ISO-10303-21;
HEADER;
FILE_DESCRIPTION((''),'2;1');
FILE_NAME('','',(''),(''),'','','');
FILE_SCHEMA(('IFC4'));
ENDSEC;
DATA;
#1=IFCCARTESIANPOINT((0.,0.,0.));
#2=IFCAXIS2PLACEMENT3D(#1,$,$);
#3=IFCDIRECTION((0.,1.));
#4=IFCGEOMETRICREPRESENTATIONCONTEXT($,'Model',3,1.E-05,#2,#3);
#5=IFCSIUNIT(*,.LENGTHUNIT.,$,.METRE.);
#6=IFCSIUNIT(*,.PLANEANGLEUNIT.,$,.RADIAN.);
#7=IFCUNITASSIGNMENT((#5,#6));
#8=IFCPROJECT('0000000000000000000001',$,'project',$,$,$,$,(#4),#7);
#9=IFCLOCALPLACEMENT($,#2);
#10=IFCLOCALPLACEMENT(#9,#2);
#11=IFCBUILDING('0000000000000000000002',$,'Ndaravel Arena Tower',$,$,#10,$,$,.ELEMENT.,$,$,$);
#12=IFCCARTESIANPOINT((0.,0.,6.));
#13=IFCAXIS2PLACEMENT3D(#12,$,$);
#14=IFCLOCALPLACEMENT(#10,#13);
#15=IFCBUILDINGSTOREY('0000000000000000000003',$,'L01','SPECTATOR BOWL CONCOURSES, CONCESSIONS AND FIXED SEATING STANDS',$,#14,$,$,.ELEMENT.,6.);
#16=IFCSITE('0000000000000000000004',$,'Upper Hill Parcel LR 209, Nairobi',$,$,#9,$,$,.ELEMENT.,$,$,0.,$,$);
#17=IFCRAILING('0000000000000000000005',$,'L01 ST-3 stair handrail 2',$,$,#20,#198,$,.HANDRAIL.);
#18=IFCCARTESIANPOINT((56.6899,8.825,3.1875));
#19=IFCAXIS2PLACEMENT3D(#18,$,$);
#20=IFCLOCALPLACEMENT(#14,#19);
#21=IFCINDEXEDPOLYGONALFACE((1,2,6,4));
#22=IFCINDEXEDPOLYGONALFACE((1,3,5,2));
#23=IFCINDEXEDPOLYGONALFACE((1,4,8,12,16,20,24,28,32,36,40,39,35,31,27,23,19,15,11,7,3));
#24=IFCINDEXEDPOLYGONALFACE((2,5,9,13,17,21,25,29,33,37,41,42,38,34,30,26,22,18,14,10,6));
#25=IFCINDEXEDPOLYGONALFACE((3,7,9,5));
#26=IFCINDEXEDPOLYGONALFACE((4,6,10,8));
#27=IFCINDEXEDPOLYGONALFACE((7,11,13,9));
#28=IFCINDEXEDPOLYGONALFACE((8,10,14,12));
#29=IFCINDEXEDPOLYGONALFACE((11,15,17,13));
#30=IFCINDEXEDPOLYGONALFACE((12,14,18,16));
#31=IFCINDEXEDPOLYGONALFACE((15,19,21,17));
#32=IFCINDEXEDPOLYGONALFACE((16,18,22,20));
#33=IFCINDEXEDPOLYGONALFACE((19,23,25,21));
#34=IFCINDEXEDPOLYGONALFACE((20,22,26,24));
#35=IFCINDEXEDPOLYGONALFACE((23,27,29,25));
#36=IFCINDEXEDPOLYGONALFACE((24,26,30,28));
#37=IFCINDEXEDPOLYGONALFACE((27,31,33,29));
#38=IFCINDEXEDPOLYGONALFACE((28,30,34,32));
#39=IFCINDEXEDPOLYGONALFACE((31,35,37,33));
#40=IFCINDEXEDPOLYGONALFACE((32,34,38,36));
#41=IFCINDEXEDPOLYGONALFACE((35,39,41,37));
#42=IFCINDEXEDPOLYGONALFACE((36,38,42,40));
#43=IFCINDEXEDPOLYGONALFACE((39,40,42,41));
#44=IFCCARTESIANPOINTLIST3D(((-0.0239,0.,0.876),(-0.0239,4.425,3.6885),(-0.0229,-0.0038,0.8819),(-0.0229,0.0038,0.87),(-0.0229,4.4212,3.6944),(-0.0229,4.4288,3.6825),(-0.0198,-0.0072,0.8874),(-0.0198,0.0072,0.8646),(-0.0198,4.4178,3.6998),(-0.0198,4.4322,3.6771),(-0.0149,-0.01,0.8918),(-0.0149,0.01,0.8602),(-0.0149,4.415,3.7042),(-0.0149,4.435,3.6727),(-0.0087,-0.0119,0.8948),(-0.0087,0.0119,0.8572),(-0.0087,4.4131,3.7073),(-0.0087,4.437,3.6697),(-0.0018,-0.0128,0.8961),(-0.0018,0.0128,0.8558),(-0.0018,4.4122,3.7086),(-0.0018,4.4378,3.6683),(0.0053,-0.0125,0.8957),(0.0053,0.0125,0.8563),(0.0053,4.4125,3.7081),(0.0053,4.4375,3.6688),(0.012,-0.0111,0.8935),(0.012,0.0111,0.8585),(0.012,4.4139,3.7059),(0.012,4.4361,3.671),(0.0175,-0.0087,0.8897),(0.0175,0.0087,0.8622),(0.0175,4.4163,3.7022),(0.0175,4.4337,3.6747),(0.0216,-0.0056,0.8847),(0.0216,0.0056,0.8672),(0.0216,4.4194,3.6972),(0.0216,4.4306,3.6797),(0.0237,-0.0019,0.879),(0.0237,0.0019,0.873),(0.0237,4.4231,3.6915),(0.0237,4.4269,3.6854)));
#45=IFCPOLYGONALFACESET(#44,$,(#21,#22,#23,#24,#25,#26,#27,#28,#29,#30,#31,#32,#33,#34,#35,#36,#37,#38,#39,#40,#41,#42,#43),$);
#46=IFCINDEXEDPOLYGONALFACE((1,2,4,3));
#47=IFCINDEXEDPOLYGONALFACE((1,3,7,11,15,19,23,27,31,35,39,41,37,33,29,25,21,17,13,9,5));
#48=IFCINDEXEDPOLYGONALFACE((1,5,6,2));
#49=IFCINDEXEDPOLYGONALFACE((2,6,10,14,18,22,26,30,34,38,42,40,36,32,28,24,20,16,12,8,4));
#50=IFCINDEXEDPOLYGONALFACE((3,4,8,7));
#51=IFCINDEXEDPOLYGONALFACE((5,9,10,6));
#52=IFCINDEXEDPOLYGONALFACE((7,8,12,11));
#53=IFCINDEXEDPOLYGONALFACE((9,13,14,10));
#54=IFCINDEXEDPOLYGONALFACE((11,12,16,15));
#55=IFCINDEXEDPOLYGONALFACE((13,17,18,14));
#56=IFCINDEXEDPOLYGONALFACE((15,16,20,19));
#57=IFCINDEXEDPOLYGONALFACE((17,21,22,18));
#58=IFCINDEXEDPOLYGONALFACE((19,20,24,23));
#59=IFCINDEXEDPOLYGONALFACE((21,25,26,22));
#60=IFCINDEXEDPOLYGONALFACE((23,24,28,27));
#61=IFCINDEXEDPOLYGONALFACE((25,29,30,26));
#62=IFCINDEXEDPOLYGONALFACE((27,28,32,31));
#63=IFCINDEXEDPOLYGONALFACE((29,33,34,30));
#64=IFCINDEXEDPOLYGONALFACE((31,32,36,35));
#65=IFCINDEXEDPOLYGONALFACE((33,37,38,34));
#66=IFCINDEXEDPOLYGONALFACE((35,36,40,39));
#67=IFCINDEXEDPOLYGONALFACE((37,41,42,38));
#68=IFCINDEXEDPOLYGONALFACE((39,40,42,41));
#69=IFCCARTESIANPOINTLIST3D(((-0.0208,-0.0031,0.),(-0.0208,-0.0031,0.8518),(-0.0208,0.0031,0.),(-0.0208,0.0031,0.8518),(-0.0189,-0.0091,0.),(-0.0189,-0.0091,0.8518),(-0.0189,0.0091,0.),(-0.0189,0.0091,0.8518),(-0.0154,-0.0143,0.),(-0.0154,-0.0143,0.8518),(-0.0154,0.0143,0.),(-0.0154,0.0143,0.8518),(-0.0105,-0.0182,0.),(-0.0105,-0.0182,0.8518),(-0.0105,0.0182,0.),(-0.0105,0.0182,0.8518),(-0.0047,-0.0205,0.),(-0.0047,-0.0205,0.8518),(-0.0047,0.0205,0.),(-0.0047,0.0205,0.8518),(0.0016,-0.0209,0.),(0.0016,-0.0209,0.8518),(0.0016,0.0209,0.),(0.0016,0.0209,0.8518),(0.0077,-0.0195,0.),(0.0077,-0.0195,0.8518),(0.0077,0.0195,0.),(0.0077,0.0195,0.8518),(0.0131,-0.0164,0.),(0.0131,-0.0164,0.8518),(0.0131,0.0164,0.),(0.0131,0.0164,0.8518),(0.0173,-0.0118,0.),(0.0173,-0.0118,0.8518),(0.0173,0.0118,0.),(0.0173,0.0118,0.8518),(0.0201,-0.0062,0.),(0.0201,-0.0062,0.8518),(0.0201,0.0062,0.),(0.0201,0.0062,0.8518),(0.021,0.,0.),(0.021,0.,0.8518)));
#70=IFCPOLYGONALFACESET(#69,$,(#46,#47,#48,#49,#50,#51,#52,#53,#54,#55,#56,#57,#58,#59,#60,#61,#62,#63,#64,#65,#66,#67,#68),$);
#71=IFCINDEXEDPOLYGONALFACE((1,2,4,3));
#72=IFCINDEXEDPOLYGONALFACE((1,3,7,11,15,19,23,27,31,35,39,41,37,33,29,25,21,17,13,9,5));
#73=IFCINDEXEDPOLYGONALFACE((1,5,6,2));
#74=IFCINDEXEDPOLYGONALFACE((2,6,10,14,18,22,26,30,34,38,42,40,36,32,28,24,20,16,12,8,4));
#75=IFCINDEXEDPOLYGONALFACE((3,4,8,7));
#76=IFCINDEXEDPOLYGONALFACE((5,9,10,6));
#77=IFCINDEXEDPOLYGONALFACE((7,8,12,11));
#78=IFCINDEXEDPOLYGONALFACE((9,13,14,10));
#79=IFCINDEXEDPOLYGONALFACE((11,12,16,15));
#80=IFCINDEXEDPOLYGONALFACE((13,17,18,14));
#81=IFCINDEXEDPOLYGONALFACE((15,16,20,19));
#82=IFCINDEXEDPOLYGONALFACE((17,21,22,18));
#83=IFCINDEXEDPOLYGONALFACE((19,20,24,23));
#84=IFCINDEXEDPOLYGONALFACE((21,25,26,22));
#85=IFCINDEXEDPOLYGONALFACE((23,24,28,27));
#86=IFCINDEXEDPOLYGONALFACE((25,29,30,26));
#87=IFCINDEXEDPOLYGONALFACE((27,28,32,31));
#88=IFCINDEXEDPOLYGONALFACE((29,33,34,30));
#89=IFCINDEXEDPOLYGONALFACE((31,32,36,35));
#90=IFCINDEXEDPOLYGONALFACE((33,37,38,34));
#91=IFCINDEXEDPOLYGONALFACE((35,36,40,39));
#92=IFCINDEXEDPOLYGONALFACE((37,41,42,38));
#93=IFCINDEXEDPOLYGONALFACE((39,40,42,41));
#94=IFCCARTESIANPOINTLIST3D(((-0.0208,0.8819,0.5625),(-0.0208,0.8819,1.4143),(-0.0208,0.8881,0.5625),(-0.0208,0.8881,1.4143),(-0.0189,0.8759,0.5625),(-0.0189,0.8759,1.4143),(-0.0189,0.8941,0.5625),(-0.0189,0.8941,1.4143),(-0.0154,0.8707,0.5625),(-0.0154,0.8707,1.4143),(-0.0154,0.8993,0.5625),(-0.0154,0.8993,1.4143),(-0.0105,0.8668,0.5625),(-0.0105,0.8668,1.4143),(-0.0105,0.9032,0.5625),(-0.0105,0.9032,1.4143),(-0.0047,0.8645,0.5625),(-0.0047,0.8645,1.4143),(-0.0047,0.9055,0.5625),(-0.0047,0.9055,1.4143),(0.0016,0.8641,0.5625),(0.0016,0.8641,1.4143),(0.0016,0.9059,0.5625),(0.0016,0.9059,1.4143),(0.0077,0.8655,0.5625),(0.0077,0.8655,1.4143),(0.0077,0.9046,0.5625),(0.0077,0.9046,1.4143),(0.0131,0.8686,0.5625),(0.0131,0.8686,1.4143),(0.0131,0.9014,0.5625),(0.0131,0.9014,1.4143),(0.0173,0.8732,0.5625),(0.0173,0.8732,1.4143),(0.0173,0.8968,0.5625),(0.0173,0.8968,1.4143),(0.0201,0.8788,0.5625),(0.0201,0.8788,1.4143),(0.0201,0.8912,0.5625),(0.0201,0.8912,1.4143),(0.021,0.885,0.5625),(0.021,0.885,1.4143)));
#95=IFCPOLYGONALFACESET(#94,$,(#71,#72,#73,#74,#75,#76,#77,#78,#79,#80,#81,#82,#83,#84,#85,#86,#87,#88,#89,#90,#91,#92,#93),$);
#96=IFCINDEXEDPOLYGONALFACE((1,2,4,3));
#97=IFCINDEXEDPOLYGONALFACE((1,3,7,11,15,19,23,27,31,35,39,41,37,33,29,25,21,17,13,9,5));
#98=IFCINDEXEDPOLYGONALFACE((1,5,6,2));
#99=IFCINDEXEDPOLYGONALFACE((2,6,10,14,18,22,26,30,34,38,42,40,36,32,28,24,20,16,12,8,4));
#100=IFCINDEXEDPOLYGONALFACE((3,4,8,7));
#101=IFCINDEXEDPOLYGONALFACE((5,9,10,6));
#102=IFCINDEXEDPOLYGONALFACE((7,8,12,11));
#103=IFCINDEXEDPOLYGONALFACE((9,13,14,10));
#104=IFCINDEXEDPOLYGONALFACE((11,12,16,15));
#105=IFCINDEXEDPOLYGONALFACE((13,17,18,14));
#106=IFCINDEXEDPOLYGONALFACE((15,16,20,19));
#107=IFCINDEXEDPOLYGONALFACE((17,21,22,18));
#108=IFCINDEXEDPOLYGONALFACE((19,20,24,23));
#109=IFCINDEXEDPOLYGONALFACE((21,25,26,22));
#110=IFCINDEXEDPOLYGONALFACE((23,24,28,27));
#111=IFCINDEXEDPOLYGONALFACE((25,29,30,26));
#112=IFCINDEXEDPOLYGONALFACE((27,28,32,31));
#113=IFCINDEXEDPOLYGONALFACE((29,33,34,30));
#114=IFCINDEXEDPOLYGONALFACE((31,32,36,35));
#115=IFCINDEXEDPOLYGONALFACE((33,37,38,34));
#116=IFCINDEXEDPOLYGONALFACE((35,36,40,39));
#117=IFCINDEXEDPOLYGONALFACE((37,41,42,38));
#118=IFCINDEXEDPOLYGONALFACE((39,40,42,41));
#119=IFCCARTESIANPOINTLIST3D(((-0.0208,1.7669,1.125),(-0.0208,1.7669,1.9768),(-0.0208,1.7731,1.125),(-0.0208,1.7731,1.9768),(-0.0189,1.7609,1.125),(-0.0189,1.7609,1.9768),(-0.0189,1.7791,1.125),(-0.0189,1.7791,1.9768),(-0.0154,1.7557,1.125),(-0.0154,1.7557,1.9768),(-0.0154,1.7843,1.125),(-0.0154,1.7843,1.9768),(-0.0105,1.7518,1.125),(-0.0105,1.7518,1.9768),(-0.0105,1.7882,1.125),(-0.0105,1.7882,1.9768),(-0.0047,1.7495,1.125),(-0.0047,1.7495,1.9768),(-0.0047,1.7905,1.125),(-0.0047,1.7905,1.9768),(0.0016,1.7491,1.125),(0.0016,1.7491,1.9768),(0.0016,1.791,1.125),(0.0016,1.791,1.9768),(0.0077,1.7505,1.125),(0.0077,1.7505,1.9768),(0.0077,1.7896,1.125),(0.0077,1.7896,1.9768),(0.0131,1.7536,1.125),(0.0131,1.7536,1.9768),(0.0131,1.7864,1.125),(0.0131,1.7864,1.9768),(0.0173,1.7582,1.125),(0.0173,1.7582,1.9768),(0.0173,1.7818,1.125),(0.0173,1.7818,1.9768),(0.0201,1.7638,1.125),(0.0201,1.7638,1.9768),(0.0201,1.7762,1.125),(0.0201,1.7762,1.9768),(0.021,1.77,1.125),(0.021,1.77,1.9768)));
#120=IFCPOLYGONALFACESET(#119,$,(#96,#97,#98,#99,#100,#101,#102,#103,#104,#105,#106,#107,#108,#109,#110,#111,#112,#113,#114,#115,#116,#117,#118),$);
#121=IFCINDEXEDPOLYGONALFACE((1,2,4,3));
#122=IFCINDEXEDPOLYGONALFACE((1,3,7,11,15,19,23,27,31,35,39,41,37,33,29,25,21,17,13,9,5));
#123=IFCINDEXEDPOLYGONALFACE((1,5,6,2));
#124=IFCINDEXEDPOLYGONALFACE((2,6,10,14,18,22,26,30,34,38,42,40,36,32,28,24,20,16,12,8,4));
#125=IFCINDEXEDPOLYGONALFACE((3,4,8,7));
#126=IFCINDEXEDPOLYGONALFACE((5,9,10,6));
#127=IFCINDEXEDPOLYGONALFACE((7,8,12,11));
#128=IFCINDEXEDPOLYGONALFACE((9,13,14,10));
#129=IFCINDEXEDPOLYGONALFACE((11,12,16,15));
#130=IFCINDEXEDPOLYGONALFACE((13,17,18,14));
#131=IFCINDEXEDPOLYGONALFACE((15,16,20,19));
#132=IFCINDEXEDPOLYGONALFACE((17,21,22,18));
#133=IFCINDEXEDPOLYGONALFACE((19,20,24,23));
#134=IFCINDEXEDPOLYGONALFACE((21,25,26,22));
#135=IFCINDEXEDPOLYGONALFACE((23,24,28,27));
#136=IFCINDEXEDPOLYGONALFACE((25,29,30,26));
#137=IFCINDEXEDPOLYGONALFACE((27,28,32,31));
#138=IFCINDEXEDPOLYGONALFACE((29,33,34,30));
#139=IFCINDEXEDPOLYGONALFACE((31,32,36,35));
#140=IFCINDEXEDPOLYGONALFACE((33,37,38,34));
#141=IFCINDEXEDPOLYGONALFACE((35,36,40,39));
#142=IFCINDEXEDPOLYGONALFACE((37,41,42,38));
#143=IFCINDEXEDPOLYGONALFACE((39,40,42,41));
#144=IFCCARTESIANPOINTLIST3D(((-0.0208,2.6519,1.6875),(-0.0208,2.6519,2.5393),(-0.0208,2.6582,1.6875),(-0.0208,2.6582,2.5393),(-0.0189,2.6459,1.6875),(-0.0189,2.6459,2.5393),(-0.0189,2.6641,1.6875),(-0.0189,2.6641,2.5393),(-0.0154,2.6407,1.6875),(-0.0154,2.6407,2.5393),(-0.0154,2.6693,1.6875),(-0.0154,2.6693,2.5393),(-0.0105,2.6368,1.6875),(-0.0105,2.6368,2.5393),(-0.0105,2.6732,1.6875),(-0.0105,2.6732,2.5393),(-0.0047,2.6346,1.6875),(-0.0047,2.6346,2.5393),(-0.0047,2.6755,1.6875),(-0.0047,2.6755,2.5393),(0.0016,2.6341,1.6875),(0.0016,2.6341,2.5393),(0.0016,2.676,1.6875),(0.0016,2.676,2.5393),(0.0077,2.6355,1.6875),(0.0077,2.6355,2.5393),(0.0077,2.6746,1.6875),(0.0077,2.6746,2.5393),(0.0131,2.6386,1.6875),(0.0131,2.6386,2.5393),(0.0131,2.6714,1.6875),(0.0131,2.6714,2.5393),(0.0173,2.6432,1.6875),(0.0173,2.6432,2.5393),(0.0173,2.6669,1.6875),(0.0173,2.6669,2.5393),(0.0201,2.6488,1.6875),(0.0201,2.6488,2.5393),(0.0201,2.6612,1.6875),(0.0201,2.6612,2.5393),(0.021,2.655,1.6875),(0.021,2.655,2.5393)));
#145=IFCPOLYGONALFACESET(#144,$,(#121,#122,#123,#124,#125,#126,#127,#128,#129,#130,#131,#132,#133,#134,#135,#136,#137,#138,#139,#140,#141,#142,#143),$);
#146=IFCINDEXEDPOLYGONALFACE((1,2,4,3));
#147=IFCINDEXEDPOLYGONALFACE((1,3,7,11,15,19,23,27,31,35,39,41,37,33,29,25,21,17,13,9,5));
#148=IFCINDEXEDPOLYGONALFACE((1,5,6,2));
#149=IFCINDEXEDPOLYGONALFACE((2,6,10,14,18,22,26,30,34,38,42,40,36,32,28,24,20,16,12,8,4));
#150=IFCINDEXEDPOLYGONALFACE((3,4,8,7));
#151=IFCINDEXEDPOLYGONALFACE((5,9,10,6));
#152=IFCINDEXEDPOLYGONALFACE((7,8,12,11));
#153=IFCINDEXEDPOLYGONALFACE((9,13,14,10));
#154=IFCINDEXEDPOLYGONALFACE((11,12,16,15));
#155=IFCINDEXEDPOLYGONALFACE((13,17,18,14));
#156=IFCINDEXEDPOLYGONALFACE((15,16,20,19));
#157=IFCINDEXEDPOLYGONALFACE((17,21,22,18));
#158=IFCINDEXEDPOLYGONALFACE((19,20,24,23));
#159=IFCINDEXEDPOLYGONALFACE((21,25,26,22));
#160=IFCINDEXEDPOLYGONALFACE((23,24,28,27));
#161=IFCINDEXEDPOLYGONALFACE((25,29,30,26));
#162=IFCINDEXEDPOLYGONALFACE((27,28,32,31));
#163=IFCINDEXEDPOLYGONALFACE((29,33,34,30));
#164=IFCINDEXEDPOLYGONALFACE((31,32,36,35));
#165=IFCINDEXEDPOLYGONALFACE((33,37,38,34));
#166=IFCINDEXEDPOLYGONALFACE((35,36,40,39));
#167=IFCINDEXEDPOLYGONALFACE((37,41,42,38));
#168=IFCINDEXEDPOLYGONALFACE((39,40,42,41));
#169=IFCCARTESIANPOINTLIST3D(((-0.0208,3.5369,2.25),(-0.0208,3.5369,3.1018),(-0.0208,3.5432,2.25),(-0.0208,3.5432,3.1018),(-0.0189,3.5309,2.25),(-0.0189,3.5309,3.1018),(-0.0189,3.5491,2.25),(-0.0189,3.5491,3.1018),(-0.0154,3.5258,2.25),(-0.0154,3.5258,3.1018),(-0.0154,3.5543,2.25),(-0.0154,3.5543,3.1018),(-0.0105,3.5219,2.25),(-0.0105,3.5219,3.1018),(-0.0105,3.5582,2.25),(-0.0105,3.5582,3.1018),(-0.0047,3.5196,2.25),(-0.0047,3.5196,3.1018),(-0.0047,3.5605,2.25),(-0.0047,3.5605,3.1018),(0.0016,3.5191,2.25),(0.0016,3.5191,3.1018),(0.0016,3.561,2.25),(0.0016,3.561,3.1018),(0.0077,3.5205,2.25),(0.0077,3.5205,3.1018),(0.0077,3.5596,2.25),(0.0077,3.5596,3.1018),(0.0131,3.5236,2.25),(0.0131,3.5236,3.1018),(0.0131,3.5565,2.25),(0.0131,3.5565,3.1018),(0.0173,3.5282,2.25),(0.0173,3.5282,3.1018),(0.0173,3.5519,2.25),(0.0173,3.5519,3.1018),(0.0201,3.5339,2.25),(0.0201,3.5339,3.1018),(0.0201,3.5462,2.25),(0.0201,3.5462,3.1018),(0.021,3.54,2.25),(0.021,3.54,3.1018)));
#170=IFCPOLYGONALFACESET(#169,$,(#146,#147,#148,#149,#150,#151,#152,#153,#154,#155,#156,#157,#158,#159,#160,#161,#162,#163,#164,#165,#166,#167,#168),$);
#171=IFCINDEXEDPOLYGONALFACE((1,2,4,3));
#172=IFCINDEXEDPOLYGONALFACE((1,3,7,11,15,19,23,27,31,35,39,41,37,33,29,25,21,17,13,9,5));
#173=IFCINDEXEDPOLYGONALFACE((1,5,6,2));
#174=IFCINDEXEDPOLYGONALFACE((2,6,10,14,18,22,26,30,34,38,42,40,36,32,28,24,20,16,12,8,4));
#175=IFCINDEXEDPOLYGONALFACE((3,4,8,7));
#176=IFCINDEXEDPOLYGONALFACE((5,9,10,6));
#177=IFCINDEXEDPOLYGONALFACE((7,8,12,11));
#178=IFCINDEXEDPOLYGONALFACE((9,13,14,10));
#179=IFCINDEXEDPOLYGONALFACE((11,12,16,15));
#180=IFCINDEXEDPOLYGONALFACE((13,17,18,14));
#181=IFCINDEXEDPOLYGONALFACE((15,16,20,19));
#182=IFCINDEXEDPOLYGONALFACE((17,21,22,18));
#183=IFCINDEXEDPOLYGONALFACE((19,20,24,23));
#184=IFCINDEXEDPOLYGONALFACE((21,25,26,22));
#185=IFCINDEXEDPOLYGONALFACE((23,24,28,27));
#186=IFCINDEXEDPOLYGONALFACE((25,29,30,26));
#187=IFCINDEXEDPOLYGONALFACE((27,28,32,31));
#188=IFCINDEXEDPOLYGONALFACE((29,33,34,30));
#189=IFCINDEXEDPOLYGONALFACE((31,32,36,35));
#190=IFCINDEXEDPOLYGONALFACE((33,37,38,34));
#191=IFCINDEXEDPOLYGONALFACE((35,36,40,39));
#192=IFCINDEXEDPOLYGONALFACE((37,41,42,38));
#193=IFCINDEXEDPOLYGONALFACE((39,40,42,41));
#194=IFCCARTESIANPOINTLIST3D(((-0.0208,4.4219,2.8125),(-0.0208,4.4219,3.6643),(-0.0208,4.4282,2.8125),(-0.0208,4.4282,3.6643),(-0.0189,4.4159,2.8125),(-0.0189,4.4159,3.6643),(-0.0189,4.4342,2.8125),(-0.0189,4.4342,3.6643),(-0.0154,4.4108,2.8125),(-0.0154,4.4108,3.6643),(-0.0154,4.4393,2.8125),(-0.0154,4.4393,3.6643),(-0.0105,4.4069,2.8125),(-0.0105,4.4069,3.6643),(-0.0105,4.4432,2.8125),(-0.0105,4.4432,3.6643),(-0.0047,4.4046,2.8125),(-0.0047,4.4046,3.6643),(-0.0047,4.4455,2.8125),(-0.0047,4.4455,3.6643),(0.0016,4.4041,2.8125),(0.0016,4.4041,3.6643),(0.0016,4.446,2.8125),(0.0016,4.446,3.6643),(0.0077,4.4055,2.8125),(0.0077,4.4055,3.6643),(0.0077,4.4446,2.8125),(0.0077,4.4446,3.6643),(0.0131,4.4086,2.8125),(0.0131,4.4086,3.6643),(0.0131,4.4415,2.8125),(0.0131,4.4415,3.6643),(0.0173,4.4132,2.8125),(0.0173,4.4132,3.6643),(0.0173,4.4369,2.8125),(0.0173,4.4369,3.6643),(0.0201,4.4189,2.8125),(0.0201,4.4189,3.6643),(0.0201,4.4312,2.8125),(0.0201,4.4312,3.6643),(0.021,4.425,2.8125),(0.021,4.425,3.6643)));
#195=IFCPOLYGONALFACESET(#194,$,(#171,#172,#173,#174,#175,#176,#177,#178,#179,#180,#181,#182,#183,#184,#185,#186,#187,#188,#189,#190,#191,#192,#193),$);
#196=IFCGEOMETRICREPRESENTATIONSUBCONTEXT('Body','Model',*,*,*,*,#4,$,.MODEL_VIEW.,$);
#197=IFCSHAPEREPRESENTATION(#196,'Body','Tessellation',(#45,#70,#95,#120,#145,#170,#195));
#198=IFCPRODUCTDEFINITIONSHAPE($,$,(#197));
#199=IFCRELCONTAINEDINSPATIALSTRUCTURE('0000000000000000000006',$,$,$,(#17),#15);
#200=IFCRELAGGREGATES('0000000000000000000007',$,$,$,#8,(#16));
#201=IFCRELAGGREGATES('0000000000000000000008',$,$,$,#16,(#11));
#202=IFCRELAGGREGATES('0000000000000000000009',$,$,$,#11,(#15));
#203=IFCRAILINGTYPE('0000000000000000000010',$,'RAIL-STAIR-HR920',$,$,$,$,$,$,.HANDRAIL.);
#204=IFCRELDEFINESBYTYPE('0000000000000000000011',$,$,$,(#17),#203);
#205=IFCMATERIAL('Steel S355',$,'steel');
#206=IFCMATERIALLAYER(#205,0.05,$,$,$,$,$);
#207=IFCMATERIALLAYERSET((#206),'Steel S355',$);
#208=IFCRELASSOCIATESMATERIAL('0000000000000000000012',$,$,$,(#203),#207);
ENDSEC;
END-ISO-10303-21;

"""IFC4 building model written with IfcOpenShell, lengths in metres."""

from ifc_helpers import new_model, si_unit, direction, frame, origin, origin_2d, place, context, subcontext, project, spatial, circle, extrude, material, layer, layer_set, type_object, element, save


model = new_model("IFC4")

# Units and contexts
model_context = context("Model", 3, precision=1e-05, world=origin(), true_north=direction((0.0, 1.0)))
body_context = subcontext(model_context, "Body", "Model", "MODEL_VIEW")
ifc_project = project(units=[si_unit("LENGTHUNIT", "METRE"), si_unit("PLANEANGLEUNIT", "RADIAN")], contexts=[model_context])

# Site, building, storey
site_placement = place(None, origin())
site = spatial("IfcSite", under=ifc_project, at=site_placement, Name="Upper Hill Parcel LR 209, Nairobi", CompositionType="ELEMENT", RefElevation=0.0)
building_placement = place(site_placement, origin())
building = spatial("IfcBuilding", under=site, at=building_placement, Name="Ndaravel Arena Tower", CompositionType="ELEMENT")
storey_placement = place(building_placement, frame((0.0, 0.0, 6.0)))
storey = spatial("IfcBuildingStorey", under=building, at=storey_placement, Name="L01", Description="SPECTATOR BOWL CONCOURSES, CONCESSIONS AND FIXED SEATING STANDS", CompositionType="ELEMENT", Elevation=6.0)

# Railing
ifc_material_1 = material(Name="Steel S355", Category="steel")
ifc_layer_1 = layer(ifc_material_1, 0.05)
ifc_layer_set_1 = layer_set([ifc_layer_1], Name="Steel S355")
railing_type_1 = type_object("IfcRailingType", Name="RAIL-STAIR-HR920", PredefinedType="HANDRAIL", material=ifc_layer_set_1)
railing_1_placement = place(storey_placement, frame((56.6899, 8.825, 3.1875)))
element("IfcRailing", 1, at=railing_1_placement, inside=storey, type_object=railing_type_1, Name="L01 ST-3 stair handrail 2", PredefinedType="HANDRAIL", context=body_context, shape_type="SweptSolid", body=[
    extrude(circle(Radius=0.0239, at=origin_2d()), frame((0.0, 0.0, 0.876), z_axis=(0.0, 0.843959, 0.536408), x_axis=(-1.0, 0.0, 0.0)), (0.0, 0.0, 1.0), 5.2432),
    extrude(circle(Radius=0.021, at=origin_2d()), origin(), (0.0, 0.0, 1.0), 0.8518),
    extrude(circle(Radius=0.021, at=origin_2d()), frame((0.0, 0.885, 0.5625)), (0.0, 0.0, 1.0), 0.8518),
    extrude(circle(Radius=0.021, at=origin_2d()), frame((0.0, 1.77, 1.125)), (0.0, 0.0, 1.0), 0.8518),
    extrude(circle(Radius=0.021, at=origin_2d()), frame((0.0, 2.655, 1.6875)), (0.0, 0.0, 1.0), 0.8518),
    extrude(circle(Radius=0.021, at=origin_2d()), frame((0.0, 3.54, 2.25)), (0.0, 0.0, 1.0), 0.8518),
    extrude(circle(Radius=0.021, at=origin_2d()), frame((0.0, 4.425, 2.8125)), (0.0, 0.0, 1.0), 0.8518),
])

save(model, "model.ifc")
